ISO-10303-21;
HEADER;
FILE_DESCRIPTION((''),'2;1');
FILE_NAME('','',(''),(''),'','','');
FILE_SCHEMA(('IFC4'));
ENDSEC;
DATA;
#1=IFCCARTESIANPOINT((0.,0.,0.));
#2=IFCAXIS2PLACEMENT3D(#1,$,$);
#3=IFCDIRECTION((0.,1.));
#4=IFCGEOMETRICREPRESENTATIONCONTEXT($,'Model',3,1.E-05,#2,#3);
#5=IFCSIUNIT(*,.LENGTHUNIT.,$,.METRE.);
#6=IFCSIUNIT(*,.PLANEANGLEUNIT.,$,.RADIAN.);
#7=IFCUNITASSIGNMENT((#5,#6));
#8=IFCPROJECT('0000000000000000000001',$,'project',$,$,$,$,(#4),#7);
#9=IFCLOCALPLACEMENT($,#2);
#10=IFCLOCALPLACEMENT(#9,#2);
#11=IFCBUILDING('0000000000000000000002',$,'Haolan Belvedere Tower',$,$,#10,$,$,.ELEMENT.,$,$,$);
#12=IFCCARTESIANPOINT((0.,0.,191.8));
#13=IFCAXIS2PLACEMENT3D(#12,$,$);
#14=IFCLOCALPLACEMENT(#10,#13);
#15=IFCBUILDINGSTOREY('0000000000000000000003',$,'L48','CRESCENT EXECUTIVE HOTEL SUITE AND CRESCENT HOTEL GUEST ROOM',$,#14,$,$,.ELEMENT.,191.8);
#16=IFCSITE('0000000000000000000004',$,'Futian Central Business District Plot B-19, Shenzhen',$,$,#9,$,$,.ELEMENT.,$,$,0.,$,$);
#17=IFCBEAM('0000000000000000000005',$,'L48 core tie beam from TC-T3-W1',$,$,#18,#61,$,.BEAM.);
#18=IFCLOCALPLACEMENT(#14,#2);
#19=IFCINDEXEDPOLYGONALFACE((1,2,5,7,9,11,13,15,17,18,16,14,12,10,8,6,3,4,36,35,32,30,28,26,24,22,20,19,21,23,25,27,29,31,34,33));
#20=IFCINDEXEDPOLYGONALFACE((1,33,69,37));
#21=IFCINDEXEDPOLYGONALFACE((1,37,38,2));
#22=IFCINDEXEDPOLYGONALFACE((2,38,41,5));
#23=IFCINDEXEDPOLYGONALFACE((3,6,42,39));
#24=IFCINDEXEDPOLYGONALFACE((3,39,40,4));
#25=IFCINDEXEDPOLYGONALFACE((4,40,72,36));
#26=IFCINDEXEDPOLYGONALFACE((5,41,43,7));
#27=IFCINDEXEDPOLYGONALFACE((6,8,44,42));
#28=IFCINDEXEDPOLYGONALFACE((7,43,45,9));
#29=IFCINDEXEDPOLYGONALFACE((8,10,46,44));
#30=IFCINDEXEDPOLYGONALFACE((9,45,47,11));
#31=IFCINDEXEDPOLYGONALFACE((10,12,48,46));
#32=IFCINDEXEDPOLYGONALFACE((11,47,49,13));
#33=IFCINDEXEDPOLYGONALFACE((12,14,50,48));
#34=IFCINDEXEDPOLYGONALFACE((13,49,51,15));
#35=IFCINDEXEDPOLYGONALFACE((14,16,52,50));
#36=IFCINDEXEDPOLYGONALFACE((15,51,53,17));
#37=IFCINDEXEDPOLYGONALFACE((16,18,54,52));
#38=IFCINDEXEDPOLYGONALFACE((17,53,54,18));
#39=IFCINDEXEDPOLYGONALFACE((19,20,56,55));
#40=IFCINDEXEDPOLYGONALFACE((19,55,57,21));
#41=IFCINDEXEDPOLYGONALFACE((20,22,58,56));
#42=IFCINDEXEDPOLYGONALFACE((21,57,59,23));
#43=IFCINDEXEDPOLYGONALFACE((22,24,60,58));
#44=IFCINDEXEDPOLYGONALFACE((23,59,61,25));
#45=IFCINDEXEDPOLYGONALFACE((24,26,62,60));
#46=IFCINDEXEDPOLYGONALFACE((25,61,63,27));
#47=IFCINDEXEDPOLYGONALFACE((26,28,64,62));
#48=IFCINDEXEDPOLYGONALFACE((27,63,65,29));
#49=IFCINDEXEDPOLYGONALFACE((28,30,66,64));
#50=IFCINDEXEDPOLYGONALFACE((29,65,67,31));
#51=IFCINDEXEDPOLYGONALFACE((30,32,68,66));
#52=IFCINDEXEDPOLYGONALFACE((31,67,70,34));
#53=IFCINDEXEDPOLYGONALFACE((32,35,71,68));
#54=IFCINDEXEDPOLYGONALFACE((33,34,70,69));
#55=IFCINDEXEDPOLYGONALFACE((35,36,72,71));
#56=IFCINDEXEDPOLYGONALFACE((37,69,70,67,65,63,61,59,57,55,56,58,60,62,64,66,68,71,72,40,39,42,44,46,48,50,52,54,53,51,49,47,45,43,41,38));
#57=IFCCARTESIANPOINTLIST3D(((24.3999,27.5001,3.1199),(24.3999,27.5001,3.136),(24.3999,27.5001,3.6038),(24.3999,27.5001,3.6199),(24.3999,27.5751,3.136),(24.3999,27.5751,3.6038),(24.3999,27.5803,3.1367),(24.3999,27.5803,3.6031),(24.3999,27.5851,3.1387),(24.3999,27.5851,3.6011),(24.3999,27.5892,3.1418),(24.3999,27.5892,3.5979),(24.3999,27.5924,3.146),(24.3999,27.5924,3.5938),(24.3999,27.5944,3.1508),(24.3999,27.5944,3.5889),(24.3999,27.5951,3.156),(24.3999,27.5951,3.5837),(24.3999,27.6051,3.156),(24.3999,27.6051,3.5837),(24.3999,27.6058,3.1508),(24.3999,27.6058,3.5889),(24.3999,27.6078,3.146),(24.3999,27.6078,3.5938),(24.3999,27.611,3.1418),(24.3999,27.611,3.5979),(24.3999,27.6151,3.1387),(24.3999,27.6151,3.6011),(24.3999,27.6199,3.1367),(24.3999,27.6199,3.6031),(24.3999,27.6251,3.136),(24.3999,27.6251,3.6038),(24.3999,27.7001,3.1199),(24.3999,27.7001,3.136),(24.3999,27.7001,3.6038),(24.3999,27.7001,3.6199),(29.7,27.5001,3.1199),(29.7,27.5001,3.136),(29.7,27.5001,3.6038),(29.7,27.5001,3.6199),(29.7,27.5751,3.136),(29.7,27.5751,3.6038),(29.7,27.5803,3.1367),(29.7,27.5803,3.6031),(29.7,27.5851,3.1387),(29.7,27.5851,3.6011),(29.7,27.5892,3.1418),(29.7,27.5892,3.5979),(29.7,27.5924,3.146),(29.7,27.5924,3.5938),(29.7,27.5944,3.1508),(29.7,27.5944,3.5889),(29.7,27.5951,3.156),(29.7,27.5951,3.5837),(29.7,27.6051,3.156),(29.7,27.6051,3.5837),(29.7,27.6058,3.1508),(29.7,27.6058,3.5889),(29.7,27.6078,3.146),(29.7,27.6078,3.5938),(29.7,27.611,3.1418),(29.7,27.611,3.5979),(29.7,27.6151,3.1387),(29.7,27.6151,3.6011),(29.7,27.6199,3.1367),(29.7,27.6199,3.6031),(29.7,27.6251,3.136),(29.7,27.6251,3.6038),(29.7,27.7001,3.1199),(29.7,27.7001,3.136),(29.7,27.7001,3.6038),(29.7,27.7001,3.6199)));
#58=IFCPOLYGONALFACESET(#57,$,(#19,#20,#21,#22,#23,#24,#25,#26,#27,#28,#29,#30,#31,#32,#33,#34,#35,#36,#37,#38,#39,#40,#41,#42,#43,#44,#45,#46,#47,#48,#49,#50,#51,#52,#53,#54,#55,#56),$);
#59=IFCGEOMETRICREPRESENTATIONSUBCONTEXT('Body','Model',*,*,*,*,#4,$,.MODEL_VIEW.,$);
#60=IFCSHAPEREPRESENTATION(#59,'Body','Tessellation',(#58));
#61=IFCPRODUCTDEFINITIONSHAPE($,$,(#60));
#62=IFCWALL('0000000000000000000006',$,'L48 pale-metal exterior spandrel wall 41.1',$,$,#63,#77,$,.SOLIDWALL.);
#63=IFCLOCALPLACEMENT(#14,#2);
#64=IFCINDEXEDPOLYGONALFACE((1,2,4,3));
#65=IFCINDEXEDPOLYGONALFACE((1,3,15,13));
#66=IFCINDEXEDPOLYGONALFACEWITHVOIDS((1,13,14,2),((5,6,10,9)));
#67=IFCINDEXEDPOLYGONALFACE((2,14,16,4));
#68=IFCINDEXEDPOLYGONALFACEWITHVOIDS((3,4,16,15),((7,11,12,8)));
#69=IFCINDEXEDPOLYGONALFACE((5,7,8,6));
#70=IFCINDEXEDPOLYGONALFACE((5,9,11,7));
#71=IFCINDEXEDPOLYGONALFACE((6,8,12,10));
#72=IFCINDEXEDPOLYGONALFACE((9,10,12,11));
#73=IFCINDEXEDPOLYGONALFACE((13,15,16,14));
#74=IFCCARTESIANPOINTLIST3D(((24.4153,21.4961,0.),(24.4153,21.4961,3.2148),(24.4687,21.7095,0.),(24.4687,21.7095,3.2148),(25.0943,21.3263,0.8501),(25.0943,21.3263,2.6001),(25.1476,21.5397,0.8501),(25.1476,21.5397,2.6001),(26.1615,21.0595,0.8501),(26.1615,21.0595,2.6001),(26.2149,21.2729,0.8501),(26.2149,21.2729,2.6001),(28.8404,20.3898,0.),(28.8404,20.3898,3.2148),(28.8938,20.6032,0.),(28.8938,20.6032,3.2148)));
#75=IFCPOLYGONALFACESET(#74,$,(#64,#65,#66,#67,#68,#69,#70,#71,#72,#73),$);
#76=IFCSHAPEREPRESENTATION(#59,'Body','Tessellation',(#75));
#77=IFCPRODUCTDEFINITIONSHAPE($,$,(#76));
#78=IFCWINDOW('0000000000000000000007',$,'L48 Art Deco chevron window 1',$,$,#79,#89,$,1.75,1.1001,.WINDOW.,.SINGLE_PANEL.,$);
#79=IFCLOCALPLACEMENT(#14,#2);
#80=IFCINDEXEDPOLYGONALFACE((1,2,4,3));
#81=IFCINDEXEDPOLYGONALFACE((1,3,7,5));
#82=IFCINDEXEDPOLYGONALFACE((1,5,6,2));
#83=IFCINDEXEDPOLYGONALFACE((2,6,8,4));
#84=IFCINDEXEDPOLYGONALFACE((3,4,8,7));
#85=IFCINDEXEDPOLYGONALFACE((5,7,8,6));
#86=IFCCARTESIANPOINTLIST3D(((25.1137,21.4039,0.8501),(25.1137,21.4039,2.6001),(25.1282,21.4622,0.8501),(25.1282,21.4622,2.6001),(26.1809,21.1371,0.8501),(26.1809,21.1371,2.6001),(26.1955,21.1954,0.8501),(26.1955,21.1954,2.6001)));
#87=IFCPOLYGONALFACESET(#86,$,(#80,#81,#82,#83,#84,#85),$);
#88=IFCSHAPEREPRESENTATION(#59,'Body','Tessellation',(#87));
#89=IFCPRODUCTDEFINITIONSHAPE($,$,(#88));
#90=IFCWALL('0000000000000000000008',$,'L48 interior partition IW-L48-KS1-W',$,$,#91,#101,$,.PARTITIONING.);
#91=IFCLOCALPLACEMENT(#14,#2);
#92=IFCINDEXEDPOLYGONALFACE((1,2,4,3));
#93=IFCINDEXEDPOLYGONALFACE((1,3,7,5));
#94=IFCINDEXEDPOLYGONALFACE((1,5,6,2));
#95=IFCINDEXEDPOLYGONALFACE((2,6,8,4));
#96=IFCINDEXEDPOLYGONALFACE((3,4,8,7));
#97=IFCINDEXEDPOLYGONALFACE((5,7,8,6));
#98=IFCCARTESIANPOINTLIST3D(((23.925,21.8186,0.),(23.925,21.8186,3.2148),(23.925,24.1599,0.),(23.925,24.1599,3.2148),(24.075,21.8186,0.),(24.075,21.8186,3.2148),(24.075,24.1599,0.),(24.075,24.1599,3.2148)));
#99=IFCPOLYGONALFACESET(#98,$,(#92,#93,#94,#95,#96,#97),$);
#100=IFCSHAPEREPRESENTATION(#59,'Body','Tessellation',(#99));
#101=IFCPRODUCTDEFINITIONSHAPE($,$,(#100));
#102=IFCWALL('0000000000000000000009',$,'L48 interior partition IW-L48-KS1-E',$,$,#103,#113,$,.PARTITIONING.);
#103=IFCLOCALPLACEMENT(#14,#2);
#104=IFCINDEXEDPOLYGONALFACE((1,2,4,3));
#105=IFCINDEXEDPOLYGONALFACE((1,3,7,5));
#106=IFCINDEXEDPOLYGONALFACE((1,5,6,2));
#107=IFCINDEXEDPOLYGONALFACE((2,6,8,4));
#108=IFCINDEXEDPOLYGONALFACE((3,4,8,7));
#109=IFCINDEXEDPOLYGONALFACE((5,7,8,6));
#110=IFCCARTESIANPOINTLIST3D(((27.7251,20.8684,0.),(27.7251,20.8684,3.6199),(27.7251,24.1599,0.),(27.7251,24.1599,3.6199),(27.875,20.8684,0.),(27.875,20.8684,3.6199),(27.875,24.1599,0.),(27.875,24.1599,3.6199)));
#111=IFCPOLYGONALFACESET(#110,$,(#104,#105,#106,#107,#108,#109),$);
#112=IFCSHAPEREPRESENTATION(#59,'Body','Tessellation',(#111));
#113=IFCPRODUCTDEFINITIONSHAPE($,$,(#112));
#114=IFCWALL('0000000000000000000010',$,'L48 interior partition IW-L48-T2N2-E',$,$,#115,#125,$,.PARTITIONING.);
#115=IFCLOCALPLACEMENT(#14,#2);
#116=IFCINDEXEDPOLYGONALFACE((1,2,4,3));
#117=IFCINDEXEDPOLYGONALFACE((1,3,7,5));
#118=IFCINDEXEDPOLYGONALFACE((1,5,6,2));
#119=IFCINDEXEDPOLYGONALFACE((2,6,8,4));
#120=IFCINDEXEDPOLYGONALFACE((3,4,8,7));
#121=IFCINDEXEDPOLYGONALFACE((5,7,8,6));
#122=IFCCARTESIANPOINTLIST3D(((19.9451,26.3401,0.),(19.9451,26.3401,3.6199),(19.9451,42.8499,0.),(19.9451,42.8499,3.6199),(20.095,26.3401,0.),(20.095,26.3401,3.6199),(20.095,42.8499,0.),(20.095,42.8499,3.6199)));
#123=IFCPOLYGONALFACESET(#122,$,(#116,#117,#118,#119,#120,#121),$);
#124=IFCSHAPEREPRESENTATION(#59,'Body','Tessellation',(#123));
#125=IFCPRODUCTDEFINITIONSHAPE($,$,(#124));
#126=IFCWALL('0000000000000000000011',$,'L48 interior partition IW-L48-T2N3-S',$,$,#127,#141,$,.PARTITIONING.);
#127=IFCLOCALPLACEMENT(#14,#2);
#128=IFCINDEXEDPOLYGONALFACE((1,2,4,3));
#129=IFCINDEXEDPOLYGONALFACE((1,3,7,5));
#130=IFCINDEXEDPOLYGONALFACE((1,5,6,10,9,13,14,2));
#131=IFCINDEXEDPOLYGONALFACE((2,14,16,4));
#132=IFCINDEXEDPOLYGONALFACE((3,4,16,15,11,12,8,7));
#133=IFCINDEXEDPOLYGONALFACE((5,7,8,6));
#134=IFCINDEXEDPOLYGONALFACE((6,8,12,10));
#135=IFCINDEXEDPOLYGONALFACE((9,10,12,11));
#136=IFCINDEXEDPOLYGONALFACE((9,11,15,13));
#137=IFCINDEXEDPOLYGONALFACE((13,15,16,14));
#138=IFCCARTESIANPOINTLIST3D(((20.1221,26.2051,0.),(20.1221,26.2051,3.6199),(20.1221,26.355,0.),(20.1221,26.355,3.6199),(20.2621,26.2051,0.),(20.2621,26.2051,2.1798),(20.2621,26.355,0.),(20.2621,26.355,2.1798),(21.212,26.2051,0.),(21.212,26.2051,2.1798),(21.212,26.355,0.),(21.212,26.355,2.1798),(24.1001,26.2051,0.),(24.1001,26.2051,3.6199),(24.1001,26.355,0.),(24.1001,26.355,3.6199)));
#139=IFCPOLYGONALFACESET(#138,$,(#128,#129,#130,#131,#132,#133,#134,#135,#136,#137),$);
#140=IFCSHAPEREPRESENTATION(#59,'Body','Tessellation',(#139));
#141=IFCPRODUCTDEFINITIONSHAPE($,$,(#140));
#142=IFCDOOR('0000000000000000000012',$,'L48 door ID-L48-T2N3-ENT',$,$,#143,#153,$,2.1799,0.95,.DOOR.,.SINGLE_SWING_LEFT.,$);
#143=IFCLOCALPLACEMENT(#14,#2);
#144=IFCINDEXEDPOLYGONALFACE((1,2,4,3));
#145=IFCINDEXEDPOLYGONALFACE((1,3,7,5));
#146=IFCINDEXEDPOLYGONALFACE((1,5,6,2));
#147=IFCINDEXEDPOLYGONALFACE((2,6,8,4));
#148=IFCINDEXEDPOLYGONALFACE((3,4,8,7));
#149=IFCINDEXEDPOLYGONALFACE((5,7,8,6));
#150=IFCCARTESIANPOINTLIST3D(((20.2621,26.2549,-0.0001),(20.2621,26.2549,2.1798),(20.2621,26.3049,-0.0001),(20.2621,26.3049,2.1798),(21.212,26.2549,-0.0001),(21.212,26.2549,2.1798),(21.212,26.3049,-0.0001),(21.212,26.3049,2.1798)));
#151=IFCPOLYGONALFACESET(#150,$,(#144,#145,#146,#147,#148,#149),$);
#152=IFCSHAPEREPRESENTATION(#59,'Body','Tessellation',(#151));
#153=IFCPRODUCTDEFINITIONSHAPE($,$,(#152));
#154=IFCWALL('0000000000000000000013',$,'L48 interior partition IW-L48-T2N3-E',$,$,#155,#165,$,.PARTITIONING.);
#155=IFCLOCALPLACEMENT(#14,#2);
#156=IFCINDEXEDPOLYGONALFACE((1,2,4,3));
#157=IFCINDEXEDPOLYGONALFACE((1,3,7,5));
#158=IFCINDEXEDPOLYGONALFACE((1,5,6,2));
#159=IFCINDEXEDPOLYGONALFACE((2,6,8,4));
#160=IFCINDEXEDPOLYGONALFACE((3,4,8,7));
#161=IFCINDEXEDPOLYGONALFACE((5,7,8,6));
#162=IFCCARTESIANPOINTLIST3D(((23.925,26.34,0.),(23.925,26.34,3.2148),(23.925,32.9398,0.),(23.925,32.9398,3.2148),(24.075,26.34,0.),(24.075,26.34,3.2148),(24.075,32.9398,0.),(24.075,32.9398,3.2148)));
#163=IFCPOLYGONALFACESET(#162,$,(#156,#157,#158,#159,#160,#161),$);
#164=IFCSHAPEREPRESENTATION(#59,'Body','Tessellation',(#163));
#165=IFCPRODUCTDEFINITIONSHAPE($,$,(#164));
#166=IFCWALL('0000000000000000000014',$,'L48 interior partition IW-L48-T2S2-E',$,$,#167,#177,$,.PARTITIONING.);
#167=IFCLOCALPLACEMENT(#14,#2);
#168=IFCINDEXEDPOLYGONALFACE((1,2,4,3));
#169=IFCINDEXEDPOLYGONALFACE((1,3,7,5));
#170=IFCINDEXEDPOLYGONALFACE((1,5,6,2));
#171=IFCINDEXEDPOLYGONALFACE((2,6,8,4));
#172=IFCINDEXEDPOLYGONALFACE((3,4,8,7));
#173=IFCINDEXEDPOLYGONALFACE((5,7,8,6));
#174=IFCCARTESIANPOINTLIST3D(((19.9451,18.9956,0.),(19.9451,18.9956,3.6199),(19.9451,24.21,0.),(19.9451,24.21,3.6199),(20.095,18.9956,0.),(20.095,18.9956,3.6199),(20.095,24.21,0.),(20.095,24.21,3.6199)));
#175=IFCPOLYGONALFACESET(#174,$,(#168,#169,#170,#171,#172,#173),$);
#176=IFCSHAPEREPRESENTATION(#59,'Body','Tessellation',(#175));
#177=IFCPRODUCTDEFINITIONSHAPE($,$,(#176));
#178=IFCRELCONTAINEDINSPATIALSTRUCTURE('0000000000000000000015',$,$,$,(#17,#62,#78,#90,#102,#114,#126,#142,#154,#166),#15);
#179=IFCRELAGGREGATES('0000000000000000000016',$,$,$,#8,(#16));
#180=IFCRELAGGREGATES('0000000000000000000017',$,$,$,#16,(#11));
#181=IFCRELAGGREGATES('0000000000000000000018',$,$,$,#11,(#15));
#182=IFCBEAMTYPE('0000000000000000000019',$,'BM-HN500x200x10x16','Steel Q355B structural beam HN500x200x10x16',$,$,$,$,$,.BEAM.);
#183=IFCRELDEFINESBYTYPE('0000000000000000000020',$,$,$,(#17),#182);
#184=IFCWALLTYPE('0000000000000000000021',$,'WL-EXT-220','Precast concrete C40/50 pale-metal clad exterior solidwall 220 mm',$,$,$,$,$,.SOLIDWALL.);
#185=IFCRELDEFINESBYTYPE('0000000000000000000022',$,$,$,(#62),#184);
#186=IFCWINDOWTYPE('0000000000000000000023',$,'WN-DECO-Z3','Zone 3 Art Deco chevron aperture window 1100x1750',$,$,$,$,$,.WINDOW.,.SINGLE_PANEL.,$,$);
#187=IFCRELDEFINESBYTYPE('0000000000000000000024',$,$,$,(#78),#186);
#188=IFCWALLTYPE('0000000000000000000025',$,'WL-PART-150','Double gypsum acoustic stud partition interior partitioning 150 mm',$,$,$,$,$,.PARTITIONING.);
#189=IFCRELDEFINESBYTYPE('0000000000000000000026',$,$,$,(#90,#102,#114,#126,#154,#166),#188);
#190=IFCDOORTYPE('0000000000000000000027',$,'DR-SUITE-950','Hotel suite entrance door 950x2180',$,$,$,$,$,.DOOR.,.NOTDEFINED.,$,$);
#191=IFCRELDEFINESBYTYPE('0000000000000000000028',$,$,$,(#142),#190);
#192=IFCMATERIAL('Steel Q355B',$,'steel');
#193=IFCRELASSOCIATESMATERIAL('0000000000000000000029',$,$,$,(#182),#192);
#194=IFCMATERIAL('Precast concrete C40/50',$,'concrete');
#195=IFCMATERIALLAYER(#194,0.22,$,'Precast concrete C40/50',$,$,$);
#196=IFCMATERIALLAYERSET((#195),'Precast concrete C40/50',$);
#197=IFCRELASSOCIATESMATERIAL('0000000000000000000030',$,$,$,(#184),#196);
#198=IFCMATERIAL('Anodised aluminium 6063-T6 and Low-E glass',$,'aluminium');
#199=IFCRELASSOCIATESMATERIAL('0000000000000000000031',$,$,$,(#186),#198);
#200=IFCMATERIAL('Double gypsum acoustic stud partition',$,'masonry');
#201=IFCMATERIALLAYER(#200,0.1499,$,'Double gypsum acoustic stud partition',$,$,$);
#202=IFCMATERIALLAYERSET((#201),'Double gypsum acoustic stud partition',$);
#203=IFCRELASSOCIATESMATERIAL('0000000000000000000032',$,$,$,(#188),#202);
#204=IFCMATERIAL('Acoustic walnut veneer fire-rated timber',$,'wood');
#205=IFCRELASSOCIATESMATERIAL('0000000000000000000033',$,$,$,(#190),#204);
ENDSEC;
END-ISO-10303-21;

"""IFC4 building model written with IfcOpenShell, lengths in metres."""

from ifc_helpers import new_model, si_unit, direction, frame, frame_2d, origin, origin_2d, place, context, subcontext, project, spatial, rectangle, i_section, extrude, material, layer, layer_set, material_profile, profile_set, type_object, element, fill, save


model = new_model("IFC4")

# Units and contexts
model_context = context("Model", 3, precision=1e-05, world=origin(), true_north=direction((0.0, 1.0)))
body_context = subcontext(model_context, "Body", "Model", "MODEL_VIEW")
ifc_project = project(units=[si_unit("LENGTHUNIT", "METRE"), si_unit("PLANEANGLEUNIT", "RADIAN")], contexts=[model_context])

# Site, building, storey
site_placement = place(None, origin())
site = spatial("IfcSite", under=ifc_project, at=site_placement, Name="Futian Central Business District Plot B-19, Shenzhen", CompositionType="ELEMENT", RefElevation=0.0)
building_placement = place(site_placement, origin())
building = spatial("IfcBuilding", under=site, at=building_placement, Name="Haolan Belvedere Tower", CompositionType="ELEMENT")
storey_placement = place(building_placement, frame((0.0, 0.0, 191.8)))
storey = spatial("IfcBuildingStorey", under=building, at=storey_placement, Name="L48", Description="CRESCENT EXECUTIVE HOTEL SUITE AND CRESCENT HOTEL GUEST ROOM", CompositionType="ELEMENT", Elevation=191.8)

# Beam
ifc_material_1 = material(Name="Steel Q355B", Category="steel")
ifc_material_profile_1 = material_profile(ifc_material_1, i_section(OverallWidth=0.2, OverallDepth=0.5, WebThickness=0.01, FlangeThickness=0.0161, FilletRadius=0.02, at=origin_2d()), Name="Steel Q355B")
ifc_profile_set_1 = profile_set([ifc_material_profile_1], Name="Steel Q355B")
beam_type_1 = type_object("IfcBeamType", Name="BM-HN500x200x10x16", Description="Steel Q355B structural beam HN500x200x10x16", PredefinedType="BEAM", material=ifc_profile_set_1)
beam_1_placement = place(storey_placement, frame((24.3999, 27.6001, 3.3699), z_axis=(1.0, 0.0, 0.0), x_axis=(0.0, 1.0, 0.0)))
element("IfcBeam", 1, at=beam_1_placement, inside=storey, type_object=beam_type_1, Name="L48 core tie beam from TC-T3-W1", PredefinedType="BEAM", context=body_context, shape_type="SweptSolid", body=[
    extrude(i_section(OverallWidth=0.2, OverallDepth=0.5, WebThickness=0.01, FlangeThickness=0.0161, FilletRadius=0.02, at=origin_2d()), origin(), (0.0, 0.0, 1.0), 5.3),
])

# Wall, opening, window
ifc_material_2 = material(Name="Precast concrete C40/50", Category="concrete")
ifc_layer_1 = layer(ifc_material_2, 0.22, Name="Precast concrete C40/50")
ifc_layer_set_1 = layer_set([ifc_layer_1], Name="Precast concrete C40/50")
wall_type_1 = type_object("IfcWallType", Name="WL-EXT-220", Description="Precast concrete C40/50 pale-metal clad exterior solidwall 220 mm", PredefinedType="SOLIDWALL", material=ifc_layer_set_1)
wall_1_placement = place(storey_placement, frame((24.4419, 21.6028, 0.0), z_axis=(0.0, 0.0, 1.0), x_axis=(0.970146, -0.242523, 0.0)))
wall_1 = element("IfcWall", 2, at=wall_1_placement, inside=storey, type_object=wall_type_1, Name="L48 pale-metal exterior spandrel wall 41.1", PredefinedType="SOLIDWALL", context=body_context, shape_type="SweptSolid", body=[
    extrude(rectangle(XDim=4.5613, YDim=0.22, at=frame_2d((2.2808, 0.0))), origin(), (0.0, 0.0, 1.0), 3.2148),
])
opening_1_placement = place(wall_1_placement, frame((0.7, 0.0, 0.8501)))
opening_1 = element("IfcOpeningElement", 3, at=opening_1_placement, cuts=wall_1, PredefinedType="OPENING", context=body_context, shape_type="SweptSolid", body=[
    extrude(rectangle(XDim=1.1001, YDim=1.75, at=frame_2d((0.55, 0.875))), frame((0.0, 0.1199, 0.0), z_axis=(0.0, -1.0, 0.0), x_axis=(1.0, 0.0, 0.0)), (0.0, 0.0, 1.0), 0.24),
])
ifc_material_3 = material(Name="Anodised aluminium 6063-T6 and Low-E glass", Category="aluminium")
window_type = type_object("IfcWindowType", Name="WN-DECO-Z3", Description="Zone 3 Art Deco chevron aperture window 1100x1750", PartitioningType="SINGLE_PANEL", PredefinedType="WINDOW", material=ifc_material_3)
window_placement = place(opening_1_placement, origin())
window = element("IfcWindow", 4, at=window_placement, inside=storey, type_object=window_type, Name="L48 Art Deco chevron window 1", OverallHeight=1.75, OverallWidth=1.1001, PartitioningType="SINGLE_PANEL", PredefinedType="WINDOW", context=body_context, shape_type="SweptSolid", body=[
    extrude(rectangle(XDim=1.1001, YDim=1.75, at=frame_2d((0.55, 0.875))), frame((0.0, 0.03, 0.0), z_axis=(0.0, -1.0, 0.0), x_axis=(1.0, 0.0, 0.0)), (0.0, 0.0, 1.0), 0.0601),
])
fill(opening_1, window)

# Shared definitions
ifc_material_4 = material(Name="Double gypsum acoustic stud partition", Category="masonry")
ifc_layer_2 = layer(ifc_material_4, 0.1499, Name="Double gypsum acoustic stud partition")
ifc_layer_set_2 = layer_set([ifc_layer_2], Name="Double gypsum acoustic stud partition")
wall_type_2 = type_object("IfcWallType", Name="WL-PART-150", Description="Double gypsum acoustic stud partition interior partitioning 150 mm", PredefinedType="PARTITIONING", material=ifc_layer_set_2)

# Walls
wall_2_placement = place(storey_placement, frame((24.0, 21.8186, 0.0), z_axis=(0.0, 0.0, 1.0), x_axis=(0.0, 1.0, 0.0)))
element("IfcWall", 5, at=wall_2_placement, inside=storey, type_object=wall_type_2, Name="L48 interior partition IW-L48-KS1-W", PredefinedType="PARTITIONING", context=body_context, shape_type="SweptSolid", body=[
    extrude(rectangle(XDim=2.3413, YDim=0.1499, at=frame_2d((1.1707, 0.0))), origin(), (0.0, 0.0, 1.0), 3.2148),
])
wall_3_placement = place(storey_placement, frame((27.8, 20.8684, 0.0), z_axis=(0.0, 0.0, 1.0), x_axis=(0.0, 1.0, 0.0)))
element("IfcWall", 6, at=wall_3_placement, inside=storey, type_object=wall_type_2, Name="L48 interior partition IW-L48-KS1-E", PredefinedType="PARTITIONING", context=body_context, shape_type="SweptSolid", body=[
    extrude(rectangle(XDim=3.2915, YDim=0.1499, at=frame_2d((1.6458, 0.0))), origin(), (0.0, 0.0, 1.0), 3.6199),
])
wall_4_placement = place(storey_placement, frame((20.02, 26.3401, 0.0), z_axis=(0.0, 0.0, 1.0), x_axis=(0.0, 1.0, 0.0)))
element("IfcWall", 7, at=wall_4_placement, inside=storey, type_object=wall_type_2, Name="L48 interior partition IW-L48-T2N2-E", PredefinedType="PARTITIONING", context=body_context, shape_type="SweptSolid", body=[
    extrude(rectangle(XDim=16.5098, YDim=0.1499, at=frame_2d((8.2549, 0.0))), origin(), (0.0, 0.0, 1.0), 3.6199),
])

# Wall, opening, door
wall_5_placement = place(storey_placement, frame((20.1221, 26.28, 0.0), z_axis=(0.0, 0.0, 1.0), x_axis=(1.0, 0.0, 0.0)))
wall_5 = element("IfcWall", 8, at=wall_5_placement, inside=storey, type_object=wall_type_2, Name="L48 interior partition IW-L48-T2N3-S", PredefinedType="PARTITIONING", context=body_context, shape_type="SweptSolid", body=[
    extrude(rectangle(XDim=3.978, YDim=0.1499, at=frame_2d((1.989, 0.0))), origin(), (0.0, 0.0, 1.0), 3.6199),
])
opening_2_placement = place(wall_5_placement, frame((0.1399, 0.0, 0.0)))
opening_2 = element("IfcOpeningElement", 9, at=opening_2_placement, cuts=wall_5, PredefinedType="OPENING", context=body_context, shape_type="SweptSolid", body=[
    extrude(rectangle(XDim=0.95, YDim=2.1799, at=frame_2d((0.4751, 1.0898))), frame((0.0, 0.085, 0.0), z_axis=(0.0, -1.0, 0.0), x_axis=(1.0, 0.0, 0.0)), (0.0, 0.0, 1.0), 0.1699),
])
ifc_material_5 = material(Name="Acoustic walnut veneer fire-rated timber", Category="wood")
door_type_1 = type_object("IfcDoorType", Name="DR-SUITE-950", Description="Hotel suite entrance door 950x2180", OperationType="NOTDEFINED", PredefinedType="DOOR", material=ifc_material_5)
door_1_placement = place(opening_2_placement, origin())
door_1 = element("IfcDoor", 10, at=door_1_placement, inside=storey, type_object=door_type_1, Name="L48 door ID-L48-T2N3-ENT", OperationType="SINGLE_SWING_LEFT", OverallHeight=2.1799, OverallWidth=0.95, PredefinedType="DOOR", context=body_context, shape_type="SweptSolid", body=[
    extrude(rectangle(XDim=0.95, YDim=2.1799, at=frame_2d((0.4751, 1.0898))), frame((0.0, 0.0249, 0.0), z_axis=(0.0, -1.0, 0.0), x_axis=(1.0, 0.0, 0.0)), (0.0, 0.0, 1.0), 0.05),
])
fill(opening_2, door_1)

# Walls
wall_6_placement = place(storey_placement, frame((24.0, 26.3401, 0.0), z_axis=(0.0, 0.0, 1.0), x_axis=(0.0, 1.0, 0.0)))
element("IfcWall", 11, at=wall_6_placement, inside=storey, type_object=wall_type_2, Name="L48 interior partition IW-L48-T2N3-E", PredefinedType="PARTITIONING", context=body_context, shape_type="SweptSolid", body=[
    extrude(rectangle(XDim=6.5999, YDim=0.1499, at=frame_2d((3.2998, 0.0))), origin(), (0.0, 0.0, 1.0), 3.2148),
])
wall_7_placement = place(storey_placement, frame((20.02, 18.9956, 0.0), z_axis=(0.0, 0.0, 1.0), x_axis=(0.0, 1.0, 0.0)))
element("IfcWall", 12, at=wall_7_placement, inside=storey, type_object=wall_type_2, Name="L48 interior partition IW-L48-T2S2-E", PredefinedType="PARTITIONING", context=body_context, shape_type="SweptSolid", body=[
    extrude(rectangle(XDim=5.2144, YDim=0.1499, at=frame_2d((2.6072, 0.0))), origin(), (0.0, 0.0, 1.0), 3.6199),
])

save(model, "model.ifc")
